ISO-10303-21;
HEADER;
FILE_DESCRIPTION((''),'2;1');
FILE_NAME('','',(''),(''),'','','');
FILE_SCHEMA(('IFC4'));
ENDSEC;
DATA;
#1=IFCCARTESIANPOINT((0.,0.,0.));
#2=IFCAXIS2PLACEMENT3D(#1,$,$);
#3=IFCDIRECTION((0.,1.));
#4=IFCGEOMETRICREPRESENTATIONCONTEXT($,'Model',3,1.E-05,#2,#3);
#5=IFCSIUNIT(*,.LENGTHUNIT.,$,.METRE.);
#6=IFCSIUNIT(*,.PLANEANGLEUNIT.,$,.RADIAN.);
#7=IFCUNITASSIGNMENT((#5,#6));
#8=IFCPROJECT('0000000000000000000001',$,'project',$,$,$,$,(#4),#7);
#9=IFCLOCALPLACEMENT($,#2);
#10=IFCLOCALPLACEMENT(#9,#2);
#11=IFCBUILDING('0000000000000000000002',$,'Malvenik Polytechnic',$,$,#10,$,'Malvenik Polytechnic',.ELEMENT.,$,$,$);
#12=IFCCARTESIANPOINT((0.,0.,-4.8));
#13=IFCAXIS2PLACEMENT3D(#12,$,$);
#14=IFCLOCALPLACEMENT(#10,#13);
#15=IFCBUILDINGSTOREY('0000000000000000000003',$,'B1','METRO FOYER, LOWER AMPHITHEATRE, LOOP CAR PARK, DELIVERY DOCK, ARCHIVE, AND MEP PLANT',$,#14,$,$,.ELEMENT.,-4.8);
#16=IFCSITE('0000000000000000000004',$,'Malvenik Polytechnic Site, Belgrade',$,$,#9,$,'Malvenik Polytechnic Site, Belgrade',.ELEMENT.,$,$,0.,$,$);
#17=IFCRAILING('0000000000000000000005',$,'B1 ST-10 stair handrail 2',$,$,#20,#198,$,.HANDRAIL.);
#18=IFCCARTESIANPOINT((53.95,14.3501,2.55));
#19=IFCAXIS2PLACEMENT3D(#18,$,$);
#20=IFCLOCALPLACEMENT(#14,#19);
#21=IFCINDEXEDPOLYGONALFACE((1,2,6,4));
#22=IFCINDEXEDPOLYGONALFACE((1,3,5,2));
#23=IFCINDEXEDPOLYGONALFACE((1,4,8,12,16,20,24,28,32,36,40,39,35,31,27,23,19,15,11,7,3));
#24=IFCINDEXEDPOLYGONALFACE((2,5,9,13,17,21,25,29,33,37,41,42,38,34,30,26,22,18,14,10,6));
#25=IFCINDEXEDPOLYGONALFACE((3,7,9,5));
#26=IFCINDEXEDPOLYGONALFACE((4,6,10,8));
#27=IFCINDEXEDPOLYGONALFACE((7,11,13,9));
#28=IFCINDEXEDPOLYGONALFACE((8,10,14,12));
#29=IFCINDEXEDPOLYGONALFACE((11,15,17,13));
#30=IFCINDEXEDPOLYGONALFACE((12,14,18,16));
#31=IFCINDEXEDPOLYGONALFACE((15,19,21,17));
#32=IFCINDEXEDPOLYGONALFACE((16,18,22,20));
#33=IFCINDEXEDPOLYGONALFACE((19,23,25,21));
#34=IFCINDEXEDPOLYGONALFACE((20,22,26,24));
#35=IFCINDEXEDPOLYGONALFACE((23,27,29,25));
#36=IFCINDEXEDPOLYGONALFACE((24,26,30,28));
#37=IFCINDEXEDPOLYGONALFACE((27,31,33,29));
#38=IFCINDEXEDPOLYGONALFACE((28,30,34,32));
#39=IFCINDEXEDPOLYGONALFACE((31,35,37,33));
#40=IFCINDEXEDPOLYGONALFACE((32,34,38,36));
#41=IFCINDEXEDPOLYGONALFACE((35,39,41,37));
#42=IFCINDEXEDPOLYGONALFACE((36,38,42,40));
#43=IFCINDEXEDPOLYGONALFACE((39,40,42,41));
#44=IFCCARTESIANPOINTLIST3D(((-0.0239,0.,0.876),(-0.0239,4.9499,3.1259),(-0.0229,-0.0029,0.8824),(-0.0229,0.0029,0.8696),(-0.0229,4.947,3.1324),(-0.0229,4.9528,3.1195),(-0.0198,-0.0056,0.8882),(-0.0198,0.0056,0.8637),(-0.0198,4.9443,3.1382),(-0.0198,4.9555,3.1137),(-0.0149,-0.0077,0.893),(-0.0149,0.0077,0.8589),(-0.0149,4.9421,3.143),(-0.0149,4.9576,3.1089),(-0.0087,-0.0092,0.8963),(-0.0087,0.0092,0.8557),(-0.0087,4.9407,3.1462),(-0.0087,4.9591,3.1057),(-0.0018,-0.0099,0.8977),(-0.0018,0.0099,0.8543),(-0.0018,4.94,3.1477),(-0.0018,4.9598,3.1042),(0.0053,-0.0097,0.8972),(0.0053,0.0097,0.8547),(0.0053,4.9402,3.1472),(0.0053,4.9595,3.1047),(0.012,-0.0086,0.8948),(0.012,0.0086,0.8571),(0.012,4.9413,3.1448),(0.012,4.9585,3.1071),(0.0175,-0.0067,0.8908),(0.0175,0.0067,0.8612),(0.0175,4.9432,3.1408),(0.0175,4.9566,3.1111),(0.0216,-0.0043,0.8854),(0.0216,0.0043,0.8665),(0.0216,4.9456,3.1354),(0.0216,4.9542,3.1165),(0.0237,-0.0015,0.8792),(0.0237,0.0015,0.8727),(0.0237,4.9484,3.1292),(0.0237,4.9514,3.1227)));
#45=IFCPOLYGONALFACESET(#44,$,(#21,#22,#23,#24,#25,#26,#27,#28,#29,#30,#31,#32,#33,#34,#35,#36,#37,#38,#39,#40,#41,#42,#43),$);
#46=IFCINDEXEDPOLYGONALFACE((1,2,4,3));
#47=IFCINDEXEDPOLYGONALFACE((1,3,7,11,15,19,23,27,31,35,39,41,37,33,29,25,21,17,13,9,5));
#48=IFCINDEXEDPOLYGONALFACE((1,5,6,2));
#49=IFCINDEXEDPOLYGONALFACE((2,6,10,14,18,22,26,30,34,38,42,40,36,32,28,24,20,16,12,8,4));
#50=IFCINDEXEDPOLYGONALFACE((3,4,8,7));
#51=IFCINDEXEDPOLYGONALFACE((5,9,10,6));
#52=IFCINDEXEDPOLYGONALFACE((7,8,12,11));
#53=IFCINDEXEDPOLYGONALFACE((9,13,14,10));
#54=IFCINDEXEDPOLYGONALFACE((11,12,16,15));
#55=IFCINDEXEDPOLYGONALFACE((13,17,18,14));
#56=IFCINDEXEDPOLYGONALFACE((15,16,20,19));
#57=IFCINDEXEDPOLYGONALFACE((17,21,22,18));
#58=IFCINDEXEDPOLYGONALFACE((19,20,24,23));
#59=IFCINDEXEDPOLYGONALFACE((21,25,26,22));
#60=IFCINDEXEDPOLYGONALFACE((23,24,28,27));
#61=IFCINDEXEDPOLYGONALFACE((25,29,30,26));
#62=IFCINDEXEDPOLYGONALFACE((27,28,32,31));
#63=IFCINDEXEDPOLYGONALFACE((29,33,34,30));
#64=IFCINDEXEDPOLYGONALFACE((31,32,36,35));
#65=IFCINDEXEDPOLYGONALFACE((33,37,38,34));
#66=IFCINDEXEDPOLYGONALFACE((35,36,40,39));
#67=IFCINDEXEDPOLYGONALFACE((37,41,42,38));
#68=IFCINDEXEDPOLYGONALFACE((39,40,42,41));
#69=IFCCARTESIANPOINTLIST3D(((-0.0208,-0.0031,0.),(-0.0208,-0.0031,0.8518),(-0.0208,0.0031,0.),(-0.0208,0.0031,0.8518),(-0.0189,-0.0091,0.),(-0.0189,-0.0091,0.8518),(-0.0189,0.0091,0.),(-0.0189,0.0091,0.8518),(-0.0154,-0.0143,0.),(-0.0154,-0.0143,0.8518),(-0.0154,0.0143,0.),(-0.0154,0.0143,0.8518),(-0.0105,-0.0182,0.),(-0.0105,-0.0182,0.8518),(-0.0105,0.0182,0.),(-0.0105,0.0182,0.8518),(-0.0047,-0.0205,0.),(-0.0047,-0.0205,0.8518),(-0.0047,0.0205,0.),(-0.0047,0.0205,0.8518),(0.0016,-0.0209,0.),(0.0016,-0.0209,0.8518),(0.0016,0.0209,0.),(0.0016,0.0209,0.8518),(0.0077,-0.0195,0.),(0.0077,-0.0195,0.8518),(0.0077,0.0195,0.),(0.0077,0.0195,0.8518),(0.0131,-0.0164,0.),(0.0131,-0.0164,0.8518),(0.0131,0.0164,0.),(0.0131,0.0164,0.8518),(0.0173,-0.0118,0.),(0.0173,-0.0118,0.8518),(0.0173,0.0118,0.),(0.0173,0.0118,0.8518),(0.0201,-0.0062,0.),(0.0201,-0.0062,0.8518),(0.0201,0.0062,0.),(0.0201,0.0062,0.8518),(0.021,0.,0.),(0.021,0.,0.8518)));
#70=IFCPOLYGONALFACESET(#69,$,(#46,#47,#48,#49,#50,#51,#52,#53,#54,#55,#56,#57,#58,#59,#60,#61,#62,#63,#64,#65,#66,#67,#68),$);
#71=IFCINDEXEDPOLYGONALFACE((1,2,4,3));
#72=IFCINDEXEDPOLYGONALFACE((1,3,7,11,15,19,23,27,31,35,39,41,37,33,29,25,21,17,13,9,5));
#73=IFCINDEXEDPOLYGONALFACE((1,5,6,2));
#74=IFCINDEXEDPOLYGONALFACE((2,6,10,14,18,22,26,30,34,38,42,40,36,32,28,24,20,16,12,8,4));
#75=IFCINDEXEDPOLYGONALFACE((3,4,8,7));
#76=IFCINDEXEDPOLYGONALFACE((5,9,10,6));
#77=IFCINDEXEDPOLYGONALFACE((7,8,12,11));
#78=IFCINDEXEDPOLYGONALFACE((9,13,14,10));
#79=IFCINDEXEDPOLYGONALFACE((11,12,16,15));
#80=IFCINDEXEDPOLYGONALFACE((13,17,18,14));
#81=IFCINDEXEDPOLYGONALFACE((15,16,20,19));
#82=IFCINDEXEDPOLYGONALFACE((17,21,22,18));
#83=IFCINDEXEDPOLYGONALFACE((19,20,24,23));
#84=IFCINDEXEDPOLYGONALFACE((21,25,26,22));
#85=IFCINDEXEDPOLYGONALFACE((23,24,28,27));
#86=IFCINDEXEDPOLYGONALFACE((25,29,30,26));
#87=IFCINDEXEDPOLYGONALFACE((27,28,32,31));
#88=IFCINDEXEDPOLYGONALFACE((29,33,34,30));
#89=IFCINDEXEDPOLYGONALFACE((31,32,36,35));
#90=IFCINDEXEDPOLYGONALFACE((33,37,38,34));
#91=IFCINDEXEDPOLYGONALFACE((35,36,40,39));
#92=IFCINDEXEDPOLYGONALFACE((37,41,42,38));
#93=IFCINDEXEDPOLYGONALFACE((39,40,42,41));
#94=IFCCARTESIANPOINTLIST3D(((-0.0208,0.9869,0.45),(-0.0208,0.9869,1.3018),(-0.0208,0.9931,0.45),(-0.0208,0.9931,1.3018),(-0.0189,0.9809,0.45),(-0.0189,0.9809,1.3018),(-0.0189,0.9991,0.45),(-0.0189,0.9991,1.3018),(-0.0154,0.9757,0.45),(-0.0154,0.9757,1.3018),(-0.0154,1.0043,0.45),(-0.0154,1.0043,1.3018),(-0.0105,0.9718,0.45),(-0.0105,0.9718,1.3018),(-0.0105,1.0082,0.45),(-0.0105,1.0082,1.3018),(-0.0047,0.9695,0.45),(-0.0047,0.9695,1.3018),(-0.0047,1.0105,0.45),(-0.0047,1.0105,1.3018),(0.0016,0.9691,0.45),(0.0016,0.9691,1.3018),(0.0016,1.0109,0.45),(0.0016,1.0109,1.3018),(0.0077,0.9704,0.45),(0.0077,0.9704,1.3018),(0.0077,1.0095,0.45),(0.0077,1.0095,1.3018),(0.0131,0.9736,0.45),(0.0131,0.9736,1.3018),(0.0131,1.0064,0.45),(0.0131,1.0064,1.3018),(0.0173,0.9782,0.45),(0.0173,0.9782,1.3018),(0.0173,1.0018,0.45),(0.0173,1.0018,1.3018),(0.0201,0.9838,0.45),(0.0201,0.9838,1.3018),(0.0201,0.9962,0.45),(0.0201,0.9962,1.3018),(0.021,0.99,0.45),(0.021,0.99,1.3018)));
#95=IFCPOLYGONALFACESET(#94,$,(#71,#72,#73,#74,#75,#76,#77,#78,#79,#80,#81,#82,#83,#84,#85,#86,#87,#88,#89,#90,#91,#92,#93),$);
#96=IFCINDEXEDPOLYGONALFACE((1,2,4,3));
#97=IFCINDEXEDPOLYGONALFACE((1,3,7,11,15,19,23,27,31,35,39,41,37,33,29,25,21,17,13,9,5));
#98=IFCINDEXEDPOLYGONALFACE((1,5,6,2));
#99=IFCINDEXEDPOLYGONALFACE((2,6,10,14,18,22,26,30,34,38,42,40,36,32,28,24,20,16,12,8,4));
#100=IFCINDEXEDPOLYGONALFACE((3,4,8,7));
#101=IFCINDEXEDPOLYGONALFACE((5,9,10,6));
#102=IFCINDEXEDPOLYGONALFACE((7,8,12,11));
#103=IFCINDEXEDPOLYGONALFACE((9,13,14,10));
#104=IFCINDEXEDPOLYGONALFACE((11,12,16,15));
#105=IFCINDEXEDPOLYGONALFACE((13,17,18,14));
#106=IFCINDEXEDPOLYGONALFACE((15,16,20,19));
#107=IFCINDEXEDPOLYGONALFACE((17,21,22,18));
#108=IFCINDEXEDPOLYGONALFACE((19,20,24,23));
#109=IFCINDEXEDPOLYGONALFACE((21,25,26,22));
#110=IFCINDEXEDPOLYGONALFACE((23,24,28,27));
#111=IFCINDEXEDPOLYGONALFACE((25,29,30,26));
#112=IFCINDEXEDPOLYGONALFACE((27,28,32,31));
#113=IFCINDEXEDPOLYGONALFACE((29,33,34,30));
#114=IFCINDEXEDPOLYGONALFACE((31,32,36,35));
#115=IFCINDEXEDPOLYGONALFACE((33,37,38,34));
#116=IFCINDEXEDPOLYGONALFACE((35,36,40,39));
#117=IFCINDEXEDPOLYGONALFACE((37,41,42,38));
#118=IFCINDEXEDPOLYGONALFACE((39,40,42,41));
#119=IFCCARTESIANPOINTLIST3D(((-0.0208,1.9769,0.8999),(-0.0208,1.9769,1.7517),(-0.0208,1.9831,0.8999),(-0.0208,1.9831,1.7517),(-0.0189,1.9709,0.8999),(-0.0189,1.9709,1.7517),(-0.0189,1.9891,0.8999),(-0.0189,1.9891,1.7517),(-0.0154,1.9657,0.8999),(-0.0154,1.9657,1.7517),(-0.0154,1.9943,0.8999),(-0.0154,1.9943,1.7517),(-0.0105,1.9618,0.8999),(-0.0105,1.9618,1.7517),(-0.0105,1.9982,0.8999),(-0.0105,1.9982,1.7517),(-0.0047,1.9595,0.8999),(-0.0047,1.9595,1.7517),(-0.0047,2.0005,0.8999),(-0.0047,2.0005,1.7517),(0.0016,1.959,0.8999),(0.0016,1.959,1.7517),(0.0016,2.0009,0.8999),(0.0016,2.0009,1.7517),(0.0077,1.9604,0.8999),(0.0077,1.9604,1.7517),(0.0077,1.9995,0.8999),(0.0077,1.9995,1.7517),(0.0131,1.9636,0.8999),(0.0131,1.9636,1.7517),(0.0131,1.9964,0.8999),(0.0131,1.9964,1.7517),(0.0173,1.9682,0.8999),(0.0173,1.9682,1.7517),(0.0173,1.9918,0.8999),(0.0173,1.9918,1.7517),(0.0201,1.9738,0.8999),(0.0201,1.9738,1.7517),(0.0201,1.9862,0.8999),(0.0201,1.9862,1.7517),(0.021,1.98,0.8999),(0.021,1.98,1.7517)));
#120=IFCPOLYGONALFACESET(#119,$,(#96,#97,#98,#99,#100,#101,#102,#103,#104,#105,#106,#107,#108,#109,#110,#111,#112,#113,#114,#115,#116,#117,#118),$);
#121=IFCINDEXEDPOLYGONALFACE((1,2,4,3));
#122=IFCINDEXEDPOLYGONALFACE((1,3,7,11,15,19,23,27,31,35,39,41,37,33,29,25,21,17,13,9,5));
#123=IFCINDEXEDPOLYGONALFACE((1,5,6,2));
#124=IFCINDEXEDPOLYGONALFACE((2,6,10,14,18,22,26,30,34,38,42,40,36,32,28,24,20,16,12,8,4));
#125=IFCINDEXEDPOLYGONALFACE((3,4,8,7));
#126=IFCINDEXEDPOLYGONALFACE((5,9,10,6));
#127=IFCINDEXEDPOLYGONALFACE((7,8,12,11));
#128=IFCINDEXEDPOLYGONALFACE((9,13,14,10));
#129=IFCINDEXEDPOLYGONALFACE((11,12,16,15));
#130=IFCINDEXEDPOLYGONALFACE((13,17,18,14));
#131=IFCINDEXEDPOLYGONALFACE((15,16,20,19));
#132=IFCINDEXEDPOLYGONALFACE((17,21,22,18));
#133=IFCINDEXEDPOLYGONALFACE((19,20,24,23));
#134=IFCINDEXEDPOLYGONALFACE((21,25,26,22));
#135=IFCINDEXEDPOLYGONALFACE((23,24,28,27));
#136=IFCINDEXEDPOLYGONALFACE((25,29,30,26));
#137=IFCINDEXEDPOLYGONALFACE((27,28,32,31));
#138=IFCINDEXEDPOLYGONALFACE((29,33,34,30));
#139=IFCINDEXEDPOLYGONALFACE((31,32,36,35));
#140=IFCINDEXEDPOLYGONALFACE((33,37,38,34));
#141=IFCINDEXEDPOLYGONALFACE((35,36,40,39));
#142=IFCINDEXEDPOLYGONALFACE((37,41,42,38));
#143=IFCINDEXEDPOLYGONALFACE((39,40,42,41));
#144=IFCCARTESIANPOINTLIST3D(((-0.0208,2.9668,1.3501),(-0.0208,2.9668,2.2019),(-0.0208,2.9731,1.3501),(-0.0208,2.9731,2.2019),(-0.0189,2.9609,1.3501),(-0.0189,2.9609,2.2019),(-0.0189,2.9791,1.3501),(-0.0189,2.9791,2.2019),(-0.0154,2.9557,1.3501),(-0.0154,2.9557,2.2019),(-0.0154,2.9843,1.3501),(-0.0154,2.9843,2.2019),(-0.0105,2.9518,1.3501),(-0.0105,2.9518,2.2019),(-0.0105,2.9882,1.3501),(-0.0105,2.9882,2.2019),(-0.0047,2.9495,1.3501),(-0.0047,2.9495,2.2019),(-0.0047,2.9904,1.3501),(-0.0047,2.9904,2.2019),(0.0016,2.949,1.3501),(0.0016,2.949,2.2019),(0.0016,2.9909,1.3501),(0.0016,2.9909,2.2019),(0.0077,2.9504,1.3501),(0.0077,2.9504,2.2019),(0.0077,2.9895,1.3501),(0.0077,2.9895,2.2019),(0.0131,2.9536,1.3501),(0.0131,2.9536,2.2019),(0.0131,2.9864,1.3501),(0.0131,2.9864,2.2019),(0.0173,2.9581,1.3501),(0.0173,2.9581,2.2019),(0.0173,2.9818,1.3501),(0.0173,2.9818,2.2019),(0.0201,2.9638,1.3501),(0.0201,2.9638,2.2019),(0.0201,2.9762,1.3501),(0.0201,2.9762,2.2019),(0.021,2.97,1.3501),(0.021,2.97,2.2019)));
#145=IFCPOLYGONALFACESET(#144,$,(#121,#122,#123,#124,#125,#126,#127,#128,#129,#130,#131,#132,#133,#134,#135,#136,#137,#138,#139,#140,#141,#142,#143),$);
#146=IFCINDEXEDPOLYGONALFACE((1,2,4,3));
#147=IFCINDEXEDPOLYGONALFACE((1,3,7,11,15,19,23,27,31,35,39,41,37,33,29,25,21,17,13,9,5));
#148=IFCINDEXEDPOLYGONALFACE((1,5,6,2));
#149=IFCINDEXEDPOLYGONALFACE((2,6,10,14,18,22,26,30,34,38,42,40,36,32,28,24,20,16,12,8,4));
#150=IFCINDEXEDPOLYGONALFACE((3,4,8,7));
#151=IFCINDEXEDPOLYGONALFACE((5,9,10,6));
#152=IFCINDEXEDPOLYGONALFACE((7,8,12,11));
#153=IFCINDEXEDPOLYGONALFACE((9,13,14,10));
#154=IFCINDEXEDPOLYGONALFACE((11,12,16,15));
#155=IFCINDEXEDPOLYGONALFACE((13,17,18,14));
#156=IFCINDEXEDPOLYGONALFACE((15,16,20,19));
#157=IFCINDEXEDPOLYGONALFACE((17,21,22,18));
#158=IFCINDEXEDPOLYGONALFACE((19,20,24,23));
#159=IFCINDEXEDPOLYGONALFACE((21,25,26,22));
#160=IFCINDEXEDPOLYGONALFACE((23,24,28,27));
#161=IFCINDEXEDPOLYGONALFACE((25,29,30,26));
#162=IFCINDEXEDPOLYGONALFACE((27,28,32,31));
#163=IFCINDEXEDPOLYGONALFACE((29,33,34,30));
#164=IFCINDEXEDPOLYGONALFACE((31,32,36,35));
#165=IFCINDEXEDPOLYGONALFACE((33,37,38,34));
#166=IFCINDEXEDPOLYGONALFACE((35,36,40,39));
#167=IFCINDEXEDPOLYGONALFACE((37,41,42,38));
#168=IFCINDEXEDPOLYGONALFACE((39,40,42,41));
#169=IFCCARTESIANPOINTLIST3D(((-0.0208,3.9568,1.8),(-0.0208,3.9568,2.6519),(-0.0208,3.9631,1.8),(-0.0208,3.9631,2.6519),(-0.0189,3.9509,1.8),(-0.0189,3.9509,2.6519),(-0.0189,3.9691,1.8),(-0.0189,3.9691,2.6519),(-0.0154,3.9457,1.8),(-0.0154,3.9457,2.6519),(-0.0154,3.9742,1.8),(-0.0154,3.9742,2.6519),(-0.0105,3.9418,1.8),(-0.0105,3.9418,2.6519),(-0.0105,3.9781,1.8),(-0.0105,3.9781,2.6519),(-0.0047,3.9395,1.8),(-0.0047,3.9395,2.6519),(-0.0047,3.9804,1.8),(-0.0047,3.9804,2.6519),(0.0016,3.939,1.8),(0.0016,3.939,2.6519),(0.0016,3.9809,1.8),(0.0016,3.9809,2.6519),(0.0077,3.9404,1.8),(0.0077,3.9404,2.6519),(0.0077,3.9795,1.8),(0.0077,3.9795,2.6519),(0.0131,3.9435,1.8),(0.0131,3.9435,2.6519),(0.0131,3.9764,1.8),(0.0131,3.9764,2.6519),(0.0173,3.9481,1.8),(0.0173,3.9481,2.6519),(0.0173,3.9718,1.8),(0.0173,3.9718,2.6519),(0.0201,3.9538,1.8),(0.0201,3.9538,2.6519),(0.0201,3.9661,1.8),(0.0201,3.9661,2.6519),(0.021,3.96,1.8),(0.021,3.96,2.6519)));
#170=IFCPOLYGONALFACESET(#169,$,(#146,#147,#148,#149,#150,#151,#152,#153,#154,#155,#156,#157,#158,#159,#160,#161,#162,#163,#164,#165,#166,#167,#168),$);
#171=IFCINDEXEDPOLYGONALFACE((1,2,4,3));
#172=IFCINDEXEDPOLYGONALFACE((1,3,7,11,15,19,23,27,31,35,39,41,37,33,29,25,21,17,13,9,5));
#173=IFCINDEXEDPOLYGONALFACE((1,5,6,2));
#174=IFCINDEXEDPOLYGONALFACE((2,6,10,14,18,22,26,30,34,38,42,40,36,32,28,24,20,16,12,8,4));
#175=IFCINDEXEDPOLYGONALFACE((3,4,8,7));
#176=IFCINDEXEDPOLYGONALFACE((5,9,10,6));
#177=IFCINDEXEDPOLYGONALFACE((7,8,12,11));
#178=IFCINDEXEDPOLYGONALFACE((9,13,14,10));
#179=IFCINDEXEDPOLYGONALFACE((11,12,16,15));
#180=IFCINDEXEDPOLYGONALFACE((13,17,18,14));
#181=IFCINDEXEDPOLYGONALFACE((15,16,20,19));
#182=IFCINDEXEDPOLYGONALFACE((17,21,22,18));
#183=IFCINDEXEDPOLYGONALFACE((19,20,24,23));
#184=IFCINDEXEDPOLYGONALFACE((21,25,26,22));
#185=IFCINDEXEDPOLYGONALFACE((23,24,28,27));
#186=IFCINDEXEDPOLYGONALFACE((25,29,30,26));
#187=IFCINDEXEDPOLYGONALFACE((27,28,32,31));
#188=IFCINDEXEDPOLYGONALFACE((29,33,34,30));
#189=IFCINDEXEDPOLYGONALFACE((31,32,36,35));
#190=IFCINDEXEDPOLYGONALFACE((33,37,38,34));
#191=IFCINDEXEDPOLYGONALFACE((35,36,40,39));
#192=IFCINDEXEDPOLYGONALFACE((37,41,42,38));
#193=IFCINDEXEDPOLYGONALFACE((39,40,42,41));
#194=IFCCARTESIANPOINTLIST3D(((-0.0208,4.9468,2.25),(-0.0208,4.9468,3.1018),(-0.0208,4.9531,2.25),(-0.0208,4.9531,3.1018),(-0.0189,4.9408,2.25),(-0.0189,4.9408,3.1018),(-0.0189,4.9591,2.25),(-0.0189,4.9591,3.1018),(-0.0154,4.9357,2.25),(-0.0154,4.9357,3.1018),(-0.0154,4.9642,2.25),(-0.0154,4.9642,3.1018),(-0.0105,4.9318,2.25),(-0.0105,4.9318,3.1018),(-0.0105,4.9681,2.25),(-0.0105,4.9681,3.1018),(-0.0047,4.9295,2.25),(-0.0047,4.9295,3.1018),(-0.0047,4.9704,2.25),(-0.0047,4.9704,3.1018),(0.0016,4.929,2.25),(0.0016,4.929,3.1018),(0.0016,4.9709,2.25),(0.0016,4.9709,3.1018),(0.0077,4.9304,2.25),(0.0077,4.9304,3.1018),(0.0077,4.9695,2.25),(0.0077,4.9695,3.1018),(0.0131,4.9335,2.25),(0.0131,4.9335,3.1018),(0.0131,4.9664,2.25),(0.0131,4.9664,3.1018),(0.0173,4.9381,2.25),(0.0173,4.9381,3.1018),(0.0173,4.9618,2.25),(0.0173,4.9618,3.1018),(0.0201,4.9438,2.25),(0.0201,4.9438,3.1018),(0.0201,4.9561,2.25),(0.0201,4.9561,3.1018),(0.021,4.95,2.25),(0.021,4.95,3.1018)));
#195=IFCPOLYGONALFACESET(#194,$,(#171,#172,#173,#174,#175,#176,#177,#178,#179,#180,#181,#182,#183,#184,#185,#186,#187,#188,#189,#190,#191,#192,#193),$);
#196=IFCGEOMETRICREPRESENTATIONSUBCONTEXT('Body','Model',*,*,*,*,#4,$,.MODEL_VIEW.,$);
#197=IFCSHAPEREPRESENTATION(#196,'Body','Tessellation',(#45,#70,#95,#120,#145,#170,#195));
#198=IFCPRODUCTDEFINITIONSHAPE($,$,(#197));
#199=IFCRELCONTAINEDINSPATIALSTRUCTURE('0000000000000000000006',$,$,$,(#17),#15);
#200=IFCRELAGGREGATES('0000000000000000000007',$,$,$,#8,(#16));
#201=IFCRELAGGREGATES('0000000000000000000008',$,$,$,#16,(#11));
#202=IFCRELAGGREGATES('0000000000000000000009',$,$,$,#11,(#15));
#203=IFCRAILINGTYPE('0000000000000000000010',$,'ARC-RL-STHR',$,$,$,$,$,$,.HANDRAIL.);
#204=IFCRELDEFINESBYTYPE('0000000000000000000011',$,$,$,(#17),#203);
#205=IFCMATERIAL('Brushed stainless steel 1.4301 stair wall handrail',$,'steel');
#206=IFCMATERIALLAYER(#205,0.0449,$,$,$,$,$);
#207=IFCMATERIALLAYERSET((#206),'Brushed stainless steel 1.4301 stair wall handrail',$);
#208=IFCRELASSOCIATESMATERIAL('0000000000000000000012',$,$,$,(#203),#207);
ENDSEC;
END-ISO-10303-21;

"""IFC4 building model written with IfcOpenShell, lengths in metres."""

from ifc_helpers import new_model, si_unit, direction, frame, origin, origin_2d, place, context, subcontext, project, spatial, circle, extrude, material, layer, layer_set, type_object, element, save


model = new_model("IFC4")

# Units and contexts
model_context = context("Model", 3, precision=1e-05, world=origin(), true_north=direction((0.0, 1.0)))
body_context = subcontext(model_context, "Body", "Model", "MODEL_VIEW")
ifc_project = project(units=[si_unit("LENGTHUNIT", "METRE"), si_unit("PLANEANGLEUNIT", "RADIAN")], contexts=[model_context])

# Site, building, storey
site_placement = place(None, origin())
site = spatial("IfcSite", under=ifc_project, at=site_placement, Name="Malvenik Polytechnic Site, Belgrade", LongName="Malvenik Polytechnic Site, Belgrade", CompositionType="ELEMENT", RefElevation=0.0)
building_placement = place(site_placement, origin())
building = spatial("IfcBuilding", under=site, at=building_placement, Name="Malvenik Polytechnic", LongName="Malvenik Polytechnic", CompositionType="ELEMENT")
storey_placement = place(building_placement, frame((0.0, 0.0, -4.8)))
storey = spatial("IfcBuildingStorey", under=building, at=storey_placement, Name="B1", Description="METRO FOYER, LOWER AMPHITHEATRE, LOOP CAR PARK, DELIVERY DOCK, ARCHIVE, AND MEP PLANT", CompositionType="ELEMENT", Elevation=-4.8)

# Railing
ifc_material_1 = material(Name="Brushed stainless steel 1.4301 stair wall handrail", Category="steel")
ifc_layer_1 = layer(ifc_material_1, 0.0449)
ifc_layer_set_1 = layer_set([ifc_layer_1], Name="Brushed stainless steel 1.4301 stair wall handrail")
railing_type_1 = type_object("IfcRailingType", Name="ARC-RL-STHR", PredefinedType="HANDRAIL", material=ifc_layer_set_1)
railing_1_placement = place(storey_placement, frame((53.95, 14.3501, 2.55)))
element("IfcRailing", 1, at=railing_1_placement, inside=storey, type_object=railing_type_1, Name="B1 ST-10 stair handrail 2", PredefinedType="HANDRAIL", context=body_context, shape_type="SweptSolid", body=[
    extrude(circle(Radius=0.0239, at=origin_2d()), frame((0.0, 0.0, 0.876), z_axis=(0.0, 0.910365, 0.413806), x_axis=(-1.0, 0.0, 0.0)), (0.0, 0.0, 1.0), 5.4373),
    extrude(circle(Radius=0.021, at=origin_2d()), origin(), (0.0, 0.0, 1.0), 0.8518),
    extrude(circle(Radius=0.021, at=origin_2d()), frame((0.0, 0.99, 0.45)), (0.0, 0.0, 1.0), 0.8518),
    extrude(circle(Radius=0.021, at=origin_2d()), frame((0.0, 1.98, 0.8999)), (0.0, 0.0, 1.0), 0.8518),
    extrude(circle(Radius=0.021, at=origin_2d()), frame((0.0, 2.97, 1.3501)), (0.0, 0.0, 1.0), 0.8518),
    extrude(circle(Radius=0.021, at=origin_2d()), frame((0.0, 3.96, 1.8)), (0.0, 0.0, 1.0), 0.8518),
    extrude(circle(Radius=0.021, at=origin_2d()), frame((0.0, 4.95, 2.25)), (0.0, 0.0, 1.0), 0.8518),
])

save(model, "model.ifc")
